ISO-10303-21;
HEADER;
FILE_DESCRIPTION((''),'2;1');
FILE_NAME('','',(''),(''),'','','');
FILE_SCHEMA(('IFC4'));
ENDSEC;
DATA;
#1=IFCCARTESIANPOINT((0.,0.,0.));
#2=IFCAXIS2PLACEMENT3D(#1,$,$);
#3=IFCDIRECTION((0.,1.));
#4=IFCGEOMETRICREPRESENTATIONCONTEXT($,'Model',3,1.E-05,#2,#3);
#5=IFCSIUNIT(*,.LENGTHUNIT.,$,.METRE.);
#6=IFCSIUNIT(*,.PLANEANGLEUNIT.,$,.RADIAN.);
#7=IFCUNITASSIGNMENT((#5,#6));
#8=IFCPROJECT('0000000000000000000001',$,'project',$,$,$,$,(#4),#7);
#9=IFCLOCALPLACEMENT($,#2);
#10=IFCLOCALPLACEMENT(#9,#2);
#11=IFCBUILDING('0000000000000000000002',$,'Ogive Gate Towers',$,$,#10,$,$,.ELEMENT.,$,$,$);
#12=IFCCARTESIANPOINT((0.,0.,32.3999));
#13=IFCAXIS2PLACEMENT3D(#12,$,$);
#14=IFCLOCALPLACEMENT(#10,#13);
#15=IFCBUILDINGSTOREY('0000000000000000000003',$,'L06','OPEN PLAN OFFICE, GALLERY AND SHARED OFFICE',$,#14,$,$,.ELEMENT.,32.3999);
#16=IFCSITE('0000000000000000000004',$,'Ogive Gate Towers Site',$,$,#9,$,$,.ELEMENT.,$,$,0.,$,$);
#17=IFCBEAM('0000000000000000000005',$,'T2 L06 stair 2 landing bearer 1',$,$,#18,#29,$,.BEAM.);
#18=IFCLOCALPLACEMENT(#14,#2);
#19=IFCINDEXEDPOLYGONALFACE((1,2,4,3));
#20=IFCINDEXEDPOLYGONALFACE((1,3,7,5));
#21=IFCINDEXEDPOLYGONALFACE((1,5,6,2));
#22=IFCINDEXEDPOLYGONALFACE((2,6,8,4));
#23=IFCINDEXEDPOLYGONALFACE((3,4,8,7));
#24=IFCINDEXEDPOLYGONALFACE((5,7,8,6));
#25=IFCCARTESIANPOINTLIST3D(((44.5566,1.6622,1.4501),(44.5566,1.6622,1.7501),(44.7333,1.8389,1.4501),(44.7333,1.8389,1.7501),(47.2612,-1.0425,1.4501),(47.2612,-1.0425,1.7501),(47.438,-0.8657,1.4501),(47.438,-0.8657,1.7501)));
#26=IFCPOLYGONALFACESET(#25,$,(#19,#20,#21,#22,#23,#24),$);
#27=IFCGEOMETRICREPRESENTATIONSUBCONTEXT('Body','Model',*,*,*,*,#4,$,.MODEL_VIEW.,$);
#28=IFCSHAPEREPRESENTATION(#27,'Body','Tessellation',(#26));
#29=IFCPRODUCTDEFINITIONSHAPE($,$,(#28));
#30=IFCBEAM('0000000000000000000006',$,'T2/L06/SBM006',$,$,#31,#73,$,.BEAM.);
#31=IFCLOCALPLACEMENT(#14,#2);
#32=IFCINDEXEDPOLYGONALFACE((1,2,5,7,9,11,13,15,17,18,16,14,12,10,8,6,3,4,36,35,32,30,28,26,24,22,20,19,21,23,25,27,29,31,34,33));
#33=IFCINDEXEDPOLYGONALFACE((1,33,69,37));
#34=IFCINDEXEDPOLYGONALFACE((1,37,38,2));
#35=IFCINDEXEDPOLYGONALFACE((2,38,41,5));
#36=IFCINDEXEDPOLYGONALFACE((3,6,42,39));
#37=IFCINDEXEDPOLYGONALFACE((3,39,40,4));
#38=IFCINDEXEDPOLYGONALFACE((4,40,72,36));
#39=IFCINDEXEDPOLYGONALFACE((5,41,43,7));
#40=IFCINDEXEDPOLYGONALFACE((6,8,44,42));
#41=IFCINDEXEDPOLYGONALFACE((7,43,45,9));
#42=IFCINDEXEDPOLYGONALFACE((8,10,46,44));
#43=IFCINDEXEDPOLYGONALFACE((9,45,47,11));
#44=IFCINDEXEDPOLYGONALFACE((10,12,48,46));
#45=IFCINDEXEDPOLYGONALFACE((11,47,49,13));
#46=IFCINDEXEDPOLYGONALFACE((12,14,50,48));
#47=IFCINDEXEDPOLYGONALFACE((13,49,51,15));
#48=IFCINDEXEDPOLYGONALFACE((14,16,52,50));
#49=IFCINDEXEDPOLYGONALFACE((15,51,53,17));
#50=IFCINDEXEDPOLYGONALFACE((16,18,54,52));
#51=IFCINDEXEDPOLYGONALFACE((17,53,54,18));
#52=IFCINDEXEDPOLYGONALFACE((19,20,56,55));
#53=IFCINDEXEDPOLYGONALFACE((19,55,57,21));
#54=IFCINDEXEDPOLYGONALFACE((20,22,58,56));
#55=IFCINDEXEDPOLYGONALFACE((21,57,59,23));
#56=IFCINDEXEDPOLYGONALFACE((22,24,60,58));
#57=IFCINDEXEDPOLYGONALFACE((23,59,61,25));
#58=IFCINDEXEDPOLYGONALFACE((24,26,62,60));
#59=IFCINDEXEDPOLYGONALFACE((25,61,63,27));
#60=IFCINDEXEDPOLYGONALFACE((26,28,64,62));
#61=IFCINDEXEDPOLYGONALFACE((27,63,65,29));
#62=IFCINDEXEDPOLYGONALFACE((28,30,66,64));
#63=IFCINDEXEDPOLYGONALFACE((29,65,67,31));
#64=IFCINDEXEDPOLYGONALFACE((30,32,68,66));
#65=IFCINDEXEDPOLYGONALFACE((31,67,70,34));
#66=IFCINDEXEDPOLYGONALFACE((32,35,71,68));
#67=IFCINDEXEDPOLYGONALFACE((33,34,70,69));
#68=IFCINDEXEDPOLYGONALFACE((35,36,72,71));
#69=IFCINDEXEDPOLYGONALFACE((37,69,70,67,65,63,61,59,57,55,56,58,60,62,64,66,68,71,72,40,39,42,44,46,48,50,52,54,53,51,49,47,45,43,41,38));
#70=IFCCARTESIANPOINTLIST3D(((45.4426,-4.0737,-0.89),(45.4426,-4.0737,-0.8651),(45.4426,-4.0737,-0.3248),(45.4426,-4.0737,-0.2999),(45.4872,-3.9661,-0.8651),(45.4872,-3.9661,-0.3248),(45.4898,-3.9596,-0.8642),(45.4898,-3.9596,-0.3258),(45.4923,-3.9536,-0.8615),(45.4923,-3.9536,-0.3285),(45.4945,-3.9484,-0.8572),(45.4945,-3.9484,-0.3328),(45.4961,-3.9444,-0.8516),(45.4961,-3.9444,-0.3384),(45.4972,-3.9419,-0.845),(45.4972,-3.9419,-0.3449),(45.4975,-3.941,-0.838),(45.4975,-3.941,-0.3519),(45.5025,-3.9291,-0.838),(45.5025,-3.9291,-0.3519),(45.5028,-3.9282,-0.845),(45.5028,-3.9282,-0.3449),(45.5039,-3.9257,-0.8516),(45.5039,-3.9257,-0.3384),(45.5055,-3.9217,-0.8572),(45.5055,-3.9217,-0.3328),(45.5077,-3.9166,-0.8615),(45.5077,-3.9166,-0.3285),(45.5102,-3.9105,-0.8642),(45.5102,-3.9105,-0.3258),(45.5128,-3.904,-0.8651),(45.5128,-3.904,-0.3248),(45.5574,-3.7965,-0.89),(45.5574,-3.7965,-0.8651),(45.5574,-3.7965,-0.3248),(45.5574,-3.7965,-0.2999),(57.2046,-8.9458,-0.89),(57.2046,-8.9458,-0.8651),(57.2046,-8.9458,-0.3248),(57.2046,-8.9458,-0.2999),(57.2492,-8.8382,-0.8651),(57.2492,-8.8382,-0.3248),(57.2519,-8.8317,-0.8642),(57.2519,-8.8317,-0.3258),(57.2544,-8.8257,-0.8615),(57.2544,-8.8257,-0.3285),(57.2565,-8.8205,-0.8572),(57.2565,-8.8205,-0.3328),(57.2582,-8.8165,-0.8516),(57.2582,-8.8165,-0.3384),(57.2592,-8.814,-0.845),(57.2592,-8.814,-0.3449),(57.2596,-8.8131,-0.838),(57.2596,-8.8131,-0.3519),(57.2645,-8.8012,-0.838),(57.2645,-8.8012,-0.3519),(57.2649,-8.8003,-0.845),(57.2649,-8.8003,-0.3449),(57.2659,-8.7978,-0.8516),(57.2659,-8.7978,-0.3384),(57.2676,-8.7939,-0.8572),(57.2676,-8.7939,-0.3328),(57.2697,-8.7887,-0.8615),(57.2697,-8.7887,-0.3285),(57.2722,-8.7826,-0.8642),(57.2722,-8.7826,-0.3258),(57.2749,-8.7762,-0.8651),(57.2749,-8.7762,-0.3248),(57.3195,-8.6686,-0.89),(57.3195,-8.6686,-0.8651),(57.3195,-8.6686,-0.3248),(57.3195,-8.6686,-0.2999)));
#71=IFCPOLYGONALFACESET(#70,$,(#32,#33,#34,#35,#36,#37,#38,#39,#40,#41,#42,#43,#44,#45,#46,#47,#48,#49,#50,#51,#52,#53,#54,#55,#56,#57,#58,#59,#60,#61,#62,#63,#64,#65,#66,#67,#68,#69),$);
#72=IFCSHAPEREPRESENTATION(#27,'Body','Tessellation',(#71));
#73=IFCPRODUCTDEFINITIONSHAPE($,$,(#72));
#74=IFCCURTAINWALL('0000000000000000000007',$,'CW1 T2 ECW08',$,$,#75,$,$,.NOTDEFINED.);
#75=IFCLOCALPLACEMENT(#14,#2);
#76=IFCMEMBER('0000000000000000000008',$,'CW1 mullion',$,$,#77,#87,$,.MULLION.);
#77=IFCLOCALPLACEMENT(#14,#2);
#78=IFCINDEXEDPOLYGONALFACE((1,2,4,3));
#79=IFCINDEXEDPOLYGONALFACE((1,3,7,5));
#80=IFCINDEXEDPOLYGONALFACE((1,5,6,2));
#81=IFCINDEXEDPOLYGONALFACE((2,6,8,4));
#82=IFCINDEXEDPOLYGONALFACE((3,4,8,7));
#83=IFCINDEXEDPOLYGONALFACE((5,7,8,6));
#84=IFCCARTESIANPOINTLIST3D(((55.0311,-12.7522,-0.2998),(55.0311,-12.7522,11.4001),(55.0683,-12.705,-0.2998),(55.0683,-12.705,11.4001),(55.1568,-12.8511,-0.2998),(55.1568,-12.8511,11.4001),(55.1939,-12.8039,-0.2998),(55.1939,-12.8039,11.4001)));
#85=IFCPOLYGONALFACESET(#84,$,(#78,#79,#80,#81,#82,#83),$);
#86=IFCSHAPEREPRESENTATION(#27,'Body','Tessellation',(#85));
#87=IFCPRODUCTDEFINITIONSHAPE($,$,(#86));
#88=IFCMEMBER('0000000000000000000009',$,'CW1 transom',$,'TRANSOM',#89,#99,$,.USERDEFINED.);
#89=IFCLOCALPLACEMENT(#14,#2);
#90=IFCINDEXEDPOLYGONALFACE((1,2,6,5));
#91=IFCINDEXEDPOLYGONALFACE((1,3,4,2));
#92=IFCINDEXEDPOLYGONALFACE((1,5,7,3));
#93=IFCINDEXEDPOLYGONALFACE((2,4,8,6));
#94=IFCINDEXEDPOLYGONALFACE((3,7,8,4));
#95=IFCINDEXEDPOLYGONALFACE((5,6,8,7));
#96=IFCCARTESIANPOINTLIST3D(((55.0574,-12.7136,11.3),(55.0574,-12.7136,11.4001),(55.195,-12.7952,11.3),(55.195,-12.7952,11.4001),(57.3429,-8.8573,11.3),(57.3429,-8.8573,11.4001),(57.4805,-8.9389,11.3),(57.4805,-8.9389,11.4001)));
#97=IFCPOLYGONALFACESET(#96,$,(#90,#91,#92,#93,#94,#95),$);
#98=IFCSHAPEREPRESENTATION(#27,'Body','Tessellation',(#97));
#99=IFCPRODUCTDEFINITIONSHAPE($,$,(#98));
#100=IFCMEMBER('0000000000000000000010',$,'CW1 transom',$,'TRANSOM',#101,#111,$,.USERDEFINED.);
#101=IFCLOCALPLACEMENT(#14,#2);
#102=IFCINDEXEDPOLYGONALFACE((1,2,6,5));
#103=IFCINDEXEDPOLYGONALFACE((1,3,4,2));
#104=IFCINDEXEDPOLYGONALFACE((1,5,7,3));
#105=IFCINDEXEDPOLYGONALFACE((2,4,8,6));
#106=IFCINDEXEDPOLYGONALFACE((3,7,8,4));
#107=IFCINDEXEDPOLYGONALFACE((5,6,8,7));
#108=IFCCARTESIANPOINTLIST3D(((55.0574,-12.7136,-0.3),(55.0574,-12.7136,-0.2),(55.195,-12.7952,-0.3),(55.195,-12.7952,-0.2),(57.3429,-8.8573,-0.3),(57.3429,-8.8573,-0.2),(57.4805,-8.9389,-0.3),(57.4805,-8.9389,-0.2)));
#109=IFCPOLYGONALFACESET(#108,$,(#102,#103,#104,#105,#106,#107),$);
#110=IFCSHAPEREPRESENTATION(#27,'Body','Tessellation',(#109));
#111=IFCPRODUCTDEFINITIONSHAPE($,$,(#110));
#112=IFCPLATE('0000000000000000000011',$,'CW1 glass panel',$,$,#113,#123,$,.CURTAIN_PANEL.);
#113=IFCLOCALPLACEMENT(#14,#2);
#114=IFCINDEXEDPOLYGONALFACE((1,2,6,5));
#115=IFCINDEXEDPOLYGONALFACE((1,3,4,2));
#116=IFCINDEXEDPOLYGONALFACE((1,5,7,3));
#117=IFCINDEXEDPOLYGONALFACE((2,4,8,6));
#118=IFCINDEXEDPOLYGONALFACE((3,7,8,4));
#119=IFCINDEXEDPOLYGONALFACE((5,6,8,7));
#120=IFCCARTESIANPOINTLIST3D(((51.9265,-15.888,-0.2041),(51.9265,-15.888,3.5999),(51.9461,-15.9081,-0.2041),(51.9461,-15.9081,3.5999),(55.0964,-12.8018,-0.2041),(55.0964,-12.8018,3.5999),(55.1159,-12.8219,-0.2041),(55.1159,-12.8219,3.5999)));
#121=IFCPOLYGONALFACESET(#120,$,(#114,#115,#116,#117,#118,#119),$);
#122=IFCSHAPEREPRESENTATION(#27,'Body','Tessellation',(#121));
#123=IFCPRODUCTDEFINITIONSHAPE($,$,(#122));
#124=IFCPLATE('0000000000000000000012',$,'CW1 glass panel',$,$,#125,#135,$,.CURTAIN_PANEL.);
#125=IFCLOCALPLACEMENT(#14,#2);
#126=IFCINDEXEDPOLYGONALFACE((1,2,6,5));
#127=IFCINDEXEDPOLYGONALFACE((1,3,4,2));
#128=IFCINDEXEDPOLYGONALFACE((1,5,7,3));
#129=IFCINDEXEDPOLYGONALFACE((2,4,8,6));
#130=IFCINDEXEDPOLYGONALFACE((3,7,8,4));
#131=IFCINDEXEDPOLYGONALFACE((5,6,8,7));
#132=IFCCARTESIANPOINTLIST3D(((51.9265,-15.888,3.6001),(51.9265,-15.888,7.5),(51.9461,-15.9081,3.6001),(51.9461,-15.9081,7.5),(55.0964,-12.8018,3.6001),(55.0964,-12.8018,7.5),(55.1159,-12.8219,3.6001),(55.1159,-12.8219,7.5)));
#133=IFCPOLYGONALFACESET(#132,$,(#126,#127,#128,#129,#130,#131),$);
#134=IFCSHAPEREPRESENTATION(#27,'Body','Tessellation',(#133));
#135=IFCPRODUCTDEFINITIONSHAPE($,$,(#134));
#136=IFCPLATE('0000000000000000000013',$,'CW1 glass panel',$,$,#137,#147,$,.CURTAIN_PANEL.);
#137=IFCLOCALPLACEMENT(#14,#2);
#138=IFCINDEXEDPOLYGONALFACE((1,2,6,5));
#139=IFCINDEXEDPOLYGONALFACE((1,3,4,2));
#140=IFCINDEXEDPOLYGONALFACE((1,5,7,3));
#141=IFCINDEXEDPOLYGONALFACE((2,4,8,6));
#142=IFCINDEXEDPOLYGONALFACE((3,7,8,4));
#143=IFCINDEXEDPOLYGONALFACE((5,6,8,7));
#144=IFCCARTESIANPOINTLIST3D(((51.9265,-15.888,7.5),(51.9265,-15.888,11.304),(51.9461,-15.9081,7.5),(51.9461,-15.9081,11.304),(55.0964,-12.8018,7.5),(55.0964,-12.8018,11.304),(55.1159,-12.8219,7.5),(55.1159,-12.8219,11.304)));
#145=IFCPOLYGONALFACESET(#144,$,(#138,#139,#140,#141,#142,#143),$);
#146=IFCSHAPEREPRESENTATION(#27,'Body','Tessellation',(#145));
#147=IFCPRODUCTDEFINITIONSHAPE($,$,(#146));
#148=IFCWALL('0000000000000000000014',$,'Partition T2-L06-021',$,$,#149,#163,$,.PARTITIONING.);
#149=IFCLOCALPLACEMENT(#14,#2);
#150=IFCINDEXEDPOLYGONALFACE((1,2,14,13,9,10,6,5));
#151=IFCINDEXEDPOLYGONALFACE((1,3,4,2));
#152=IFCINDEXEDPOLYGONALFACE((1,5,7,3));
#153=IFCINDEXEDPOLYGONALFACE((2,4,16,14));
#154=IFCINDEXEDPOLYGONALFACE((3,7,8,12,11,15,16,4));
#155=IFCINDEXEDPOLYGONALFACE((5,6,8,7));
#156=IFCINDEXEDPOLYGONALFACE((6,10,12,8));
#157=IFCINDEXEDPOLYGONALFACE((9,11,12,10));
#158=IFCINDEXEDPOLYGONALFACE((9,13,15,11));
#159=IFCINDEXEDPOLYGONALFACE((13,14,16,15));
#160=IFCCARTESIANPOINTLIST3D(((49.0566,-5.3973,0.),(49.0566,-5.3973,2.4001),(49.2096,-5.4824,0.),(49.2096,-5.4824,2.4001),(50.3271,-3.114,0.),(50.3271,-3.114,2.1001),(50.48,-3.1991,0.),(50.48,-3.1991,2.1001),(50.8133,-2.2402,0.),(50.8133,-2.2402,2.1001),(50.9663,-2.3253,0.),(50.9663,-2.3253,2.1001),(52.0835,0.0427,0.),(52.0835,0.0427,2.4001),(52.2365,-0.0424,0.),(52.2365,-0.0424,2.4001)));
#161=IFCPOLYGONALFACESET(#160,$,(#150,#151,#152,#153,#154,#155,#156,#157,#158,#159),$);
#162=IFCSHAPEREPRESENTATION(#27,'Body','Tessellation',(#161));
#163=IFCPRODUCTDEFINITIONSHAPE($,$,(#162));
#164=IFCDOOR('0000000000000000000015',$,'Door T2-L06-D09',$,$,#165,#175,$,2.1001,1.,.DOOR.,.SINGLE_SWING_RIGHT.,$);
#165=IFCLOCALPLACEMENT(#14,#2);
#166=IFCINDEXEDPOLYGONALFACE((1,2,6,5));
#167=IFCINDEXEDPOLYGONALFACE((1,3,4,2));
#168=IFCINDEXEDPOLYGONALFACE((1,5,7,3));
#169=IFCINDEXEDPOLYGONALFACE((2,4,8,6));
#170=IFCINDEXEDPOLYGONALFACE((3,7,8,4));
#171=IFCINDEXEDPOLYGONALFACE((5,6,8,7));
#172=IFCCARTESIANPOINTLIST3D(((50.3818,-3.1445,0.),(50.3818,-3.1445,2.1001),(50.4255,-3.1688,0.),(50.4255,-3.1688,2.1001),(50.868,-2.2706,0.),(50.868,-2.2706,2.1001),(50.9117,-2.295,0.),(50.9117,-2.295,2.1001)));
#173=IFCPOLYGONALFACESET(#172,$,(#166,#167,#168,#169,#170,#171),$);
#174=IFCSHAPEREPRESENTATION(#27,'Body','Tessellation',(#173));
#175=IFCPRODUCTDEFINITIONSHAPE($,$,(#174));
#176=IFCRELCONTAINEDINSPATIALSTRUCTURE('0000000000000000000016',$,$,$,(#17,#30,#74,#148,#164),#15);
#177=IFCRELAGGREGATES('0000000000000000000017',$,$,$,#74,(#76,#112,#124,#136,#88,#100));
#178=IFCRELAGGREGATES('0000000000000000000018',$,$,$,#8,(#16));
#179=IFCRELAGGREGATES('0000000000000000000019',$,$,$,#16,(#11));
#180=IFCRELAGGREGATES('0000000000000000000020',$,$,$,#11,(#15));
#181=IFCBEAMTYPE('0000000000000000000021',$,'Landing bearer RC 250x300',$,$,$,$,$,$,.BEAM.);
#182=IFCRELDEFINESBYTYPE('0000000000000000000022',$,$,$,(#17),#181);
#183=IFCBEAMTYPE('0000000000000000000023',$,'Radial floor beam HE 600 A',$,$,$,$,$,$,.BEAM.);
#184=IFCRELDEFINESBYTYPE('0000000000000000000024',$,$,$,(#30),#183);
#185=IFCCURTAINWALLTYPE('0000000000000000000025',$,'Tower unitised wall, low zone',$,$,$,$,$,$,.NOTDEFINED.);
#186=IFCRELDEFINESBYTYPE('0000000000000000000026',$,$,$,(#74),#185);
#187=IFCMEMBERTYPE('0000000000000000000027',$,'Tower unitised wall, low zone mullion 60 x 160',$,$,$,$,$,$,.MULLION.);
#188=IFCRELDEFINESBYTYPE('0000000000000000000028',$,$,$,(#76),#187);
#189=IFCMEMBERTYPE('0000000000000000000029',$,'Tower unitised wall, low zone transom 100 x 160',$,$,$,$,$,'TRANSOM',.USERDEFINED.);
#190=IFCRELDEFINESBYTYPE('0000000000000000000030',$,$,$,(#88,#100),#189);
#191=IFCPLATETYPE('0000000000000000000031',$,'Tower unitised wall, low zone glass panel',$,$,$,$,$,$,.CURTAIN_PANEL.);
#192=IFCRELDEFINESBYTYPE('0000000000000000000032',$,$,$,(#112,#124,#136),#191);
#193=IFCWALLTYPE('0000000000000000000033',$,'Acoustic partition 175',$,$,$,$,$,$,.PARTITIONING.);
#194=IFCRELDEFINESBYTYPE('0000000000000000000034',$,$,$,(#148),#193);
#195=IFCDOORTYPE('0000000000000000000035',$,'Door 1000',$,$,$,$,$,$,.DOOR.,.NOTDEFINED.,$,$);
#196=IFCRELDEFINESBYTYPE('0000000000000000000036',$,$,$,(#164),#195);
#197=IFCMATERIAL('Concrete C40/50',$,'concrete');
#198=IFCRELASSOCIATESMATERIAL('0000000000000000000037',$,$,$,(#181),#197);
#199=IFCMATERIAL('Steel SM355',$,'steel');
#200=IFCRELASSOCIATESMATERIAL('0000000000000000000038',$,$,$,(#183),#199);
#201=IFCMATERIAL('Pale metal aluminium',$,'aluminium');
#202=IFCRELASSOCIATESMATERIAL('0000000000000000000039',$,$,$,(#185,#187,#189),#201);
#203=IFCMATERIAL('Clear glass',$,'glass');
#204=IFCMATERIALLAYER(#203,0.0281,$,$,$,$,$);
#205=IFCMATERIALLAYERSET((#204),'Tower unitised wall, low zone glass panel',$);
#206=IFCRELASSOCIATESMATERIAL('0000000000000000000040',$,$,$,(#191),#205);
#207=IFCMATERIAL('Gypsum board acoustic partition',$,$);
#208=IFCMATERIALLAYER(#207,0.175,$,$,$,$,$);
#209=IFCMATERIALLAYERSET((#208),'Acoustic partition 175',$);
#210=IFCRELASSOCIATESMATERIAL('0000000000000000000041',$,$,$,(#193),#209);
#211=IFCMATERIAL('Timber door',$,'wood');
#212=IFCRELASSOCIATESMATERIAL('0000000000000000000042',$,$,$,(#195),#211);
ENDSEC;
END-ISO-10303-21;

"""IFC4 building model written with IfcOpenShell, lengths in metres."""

from ifc_helpers import new_model, si_unit, direction, frame, frame_2d, origin, origin_2d, place, context, subcontext, project, spatial, rectangle, i_section, extrude, material, layer, layer_set, material_profile, profile_set, type_object, element, fill, aggregate, save


model = new_model("IFC4")

# Units and contexts
model_context = context("Model", 3, precision=1e-05, world=origin(), true_north=direction((0.0, 1.0)))
body_context = subcontext(model_context, "Body", "Model", "MODEL_VIEW")
ifc_project = project(units=[si_unit("LENGTHUNIT", "METRE"), si_unit("PLANEANGLEUNIT", "RADIAN")], contexts=[model_context])

# Site, building, storey
site_placement = place(None, origin())
site = spatial("IfcSite", under=ifc_project, at=site_placement, Name="Ogive Gate Towers Site", CompositionType="ELEMENT", RefElevation=0.0)
building_placement = place(site_placement, origin())
building = spatial("IfcBuilding", under=site, at=building_placement, Name="Ogive Gate Towers", CompositionType="ELEMENT")
storey_placement = place(building_placement, frame((0.0, 0.0, 32.3999)))
storey = spatial("IfcBuildingStorey", under=building, at=storey_placement, Name="L06", Description="OPEN PLAN OFFICE, GALLERY AND SHARED OFFICE", CompositionType="ELEMENT", Elevation=32.3999)

# Beams
ifc_material_1 = material(Name="Concrete C40/50", Category="concrete")
ifc_material_profile_1 = material_profile(ifc_material_1, rectangle(XDim=0.25, YDim=0.3, at=origin_2d()), Name="RC 250x300")
ifc_profile_set_1 = profile_set([ifc_material_profile_1], Name="Concrete C40/50")
beam_type_1 = type_object("IfcBeamType", Name="Landing bearer RC 250x300", PredefinedType="BEAM", material=ifc_profile_set_1)
beam_1_placement = place(storey_placement, frame((47.3496, -0.9541, 1.6001), z_axis=(-0.707107, 0.707107, 0.0), x_axis=(-0.707107, -0.707107, 0.0)))
element("IfcBeam", 1, at=beam_1_placement, inside=storey, type_object=beam_type_1, Name="T2 L06 stair 2 landing bearer 1", PredefinedType="BEAM", context=body_context, shape_type="SweptSolid", body=[
    extrude(rectangle(XDim=0.25, YDim=0.3, at=origin_2d()), origin(), (0.0, 0.0, 1.0), 3.825),
])
ifc_material_2 = material(Name="Steel SM355", Category="steel")
ifc_material_profile_2 = material_profile(ifc_material_2, i_section(OverallWidth=0.3, OverallDepth=0.5901, WebThickness=0.0129, FlangeThickness=0.0249, FilletRadius=0.0271, at=origin_2d()), Name="HE 600 A")
ifc_profile_set_2 = profile_set([ifc_material_profile_2], Name="Steel SM355")
beam_type_2 = type_object("IfcBeamType", Name="Radial floor beam HE 600 A", PredefinedType="BEAM", material=ifc_profile_set_2)
beam_2_placement = place(storey_placement, frame((45.5, -3.9351, -0.595), z_axis=(0.923877, -0.382691, 0.0), x_axis=(0.382691, 0.923877, 0.0)))
element("IfcBeam", 2, at=beam_2_placement, inside=storey, type_object=beam_type_2, Name="T2/L06/SBM006", PredefinedType="BEAM", context=body_context, shape_type="SweptSolid", body=[
    extrude(i_section(OverallWidth=0.3, OverallDepth=0.5901, WebThickness=0.0129, FlangeThickness=0.0249, FilletRadius=0.0271, at=origin_2d()), origin(), (0.0, 0.0, 1.0), 12.7312),
])

# Curtain wall, members, plates
ifc_material_3 = material(Name="Pale metal aluminium", Category="aluminium")
curtain_wall_type = type_object("IfcCurtainWallType", Name="Tower unitised wall, low zone", PredefinedType="NOTDEFINED", material=ifc_material_3)
curtain_wall_placement = place(storey_placement, origin())
curtain_wall = element("IfcCurtainWall", 3, at=curtain_wall_placement, inside=storey, type_object=curtain_wall_type, Name="CW1 T2 ECW08", PredefinedType="NOTDEFINED")
ifc_material_profile_3 = material_profile(ifc_material_3, rectangle(XDim=0.1599, YDim=0.0601, at=origin_2d()), Name="60 x 160 aluminium box")
ifc_profile_set_3 = profile_set([ifc_material_profile_3], Name="Pale metal aluminium")
member_type_1 = type_object("IfcMemberType", Name="Tower unitised wall, low zone mullion 60 x 160", PredefinedType="MULLION", material=ifc_profile_set_3)
member_1_placement = place(storey_placement, frame((55.1125, -12.7781, -0.2998), z_axis=(0.0, 0.0, 1.0), x_axis=(0.78576, -0.618532, 0.0)))
member_1 = element("IfcMember", 4, at=member_1_placement, type_object=member_type_1, Name="CW1 mullion", PredefinedType="MULLION", context=body_context, shape_type="SweptSolid", body=[
    extrude(rectangle(XDim=0.1599, YDim=0.0601, at=origin_2d()), origin(), (0.0, 0.0, 1.0), 11.7),
])
ifc_material_profile_4 = material_profile(ifc_material_3, rectangle(XDim=0.1599, YDim=0.1001, at=origin_2d()), Name="100 x 160 aluminium box")
ifc_profile_set_4 = profile_set([ifc_material_profile_4], Name="Pale metal aluminium")
member_type_2 = type_object("IfcMemberType", Name="Tower unitised wall, low zone transom 100 x 160", ElementType="TRANSOM", PredefinedType="USERDEFINED", material=ifc_profile_set_4)
member_2_placement = place(storey_placement, frame((55.1262, -12.7544, 11.3501), z_axis=(0.509843, 0.860268, 0.0), x_axis=(-0.860268, 0.509843, 0.0)))
member_2 = element("IfcMember", 5, at=member_2_placement, type_object=member_type_2, Name="CW1 transom", ObjectType="TRANSOM", PredefinedType="USERDEFINED", context=body_context, shape_type="SweptSolid", body=[
    extrude(rectangle(XDim=0.1599, YDim=0.1001, at=origin_2d()), origin(), (0.0, 0.0, 1.0), 4.4827),
])
member_3_placement = place(storey_placement, frame((55.1262, -12.7544, -0.25), z_axis=(0.509843, 0.860268, 0.0), x_axis=(-0.860268, 0.509843, 0.0)))
member_3 = element("IfcMember", 6, at=member_3_placement, type_object=member_type_2, Name="CW1 transom", ObjectType="TRANSOM", PredefinedType="USERDEFINED", context=body_context, shape_type="SweptSolid", body=[
    extrude(rectangle(XDim=0.1599, YDim=0.1001, at=origin_2d()), origin(), (0.0, 0.0, 1.0), 4.4827),
])
ifc_material_4 = material(Name="Clear glass", Category="glass")
ifc_layer_1 = layer(ifc_material_4, 0.0281)
ifc_layer_set_1 = layer_set([ifc_layer_1], Name="Tower unitised wall, low zone glass panel")
plate_type = type_object("IfcPlateType", Name="Tower unitised wall, low zone glass panel", PredefinedType="CURTAIN_PANEL", material=ifc_layer_set_1)
plate_1_placement = place(storey_placement, frame((53.5212, -14.355, -0.2041), z_axis=(0.0, 0.0, 1.0), x_axis=(0.716497, 0.69759, 0.0)))
plate_1 = element("IfcPlate", 7, at=plate_1_placement, type_object=plate_type, Name="CW1 glass panel", PredefinedType="CURTAIN_PANEL", context=body_context, shape_type="SweptSolid", body=[
    extrude(rectangle(XDim=4.4241, YDim=0.0281, at=origin_2d()), origin(), (0.0, 0.0, 1.0), 3.804),
])
plate_2_placement = place(storey_placement, frame((53.5212, -14.355, 3.6001), z_axis=(0.0, 0.0, 1.0), x_axis=(0.716497, 0.69759, 0.0)))
plate_2 = element("IfcPlate", 8, at=plate_2_placement, type_object=plate_type, Name="CW1 glass panel", PredefinedType="CURTAIN_PANEL", context=body_context, shape_type="SweptSolid", body=[
    extrude(rectangle(XDim=4.4241, YDim=0.0281, at=origin_2d()), origin(), (0.0, 0.0, 1.0), 3.8999),
])
plate_3_placement = place(storey_placement, frame((53.5212, -14.355, 7.5), z_axis=(0.0, 0.0, 1.0), x_axis=(0.716497, 0.69759, 0.0)))
plate_3 = element("IfcPlate", 9, at=plate_3_placement, type_object=plate_type, Name="CW1 glass panel", PredefinedType="CURTAIN_PANEL", context=body_context, shape_type="SweptSolid", body=[
    extrude(rectangle(XDim=4.4241, YDim=0.0281, at=origin_2d()), origin(), (0.0, 0.0, 1.0), 3.804),
])
aggregate(curtain_wall, [member_1, plate_1, plate_2, plate_3, member_2, member_3])

# Wall, opening, door
ifc_material_5 = material(Name="Gypsum board acoustic partition")
ifc_layer_2 = layer(ifc_material_5, 0.175)
ifc_layer_set_2 = layer_set([ifc_layer_2], Name="Acoustic partition 175")
wall_type_1 = type_object("IfcWallType", Name="Acoustic partition 175", PredefinedType="PARTITIONING", material=ifc_layer_set_2)
wall_1_placement = place(storey_placement, frame((49.1331, -5.4399, 0.0), z_axis=(0.0, 0.0, 1.0), x_axis=(0.486216, 0.873839, 0.0)))
wall_1 = element("IfcWall", 10, at=wall_1_placement, inside=storey, type_object=wall_type_1, Name="Partition T2-L06-021", PredefinedType="PARTITIONING", context=body_context, shape_type="SweptSolid", body=[
    extrude(rectangle(XDim=6.2253, YDim=0.175, at=frame_2d((3.1128, 0.0))), origin(), (0.0, 0.0, 1.0), 2.4001),
])
opening_1_placement = place(wall_1_placement, frame((2.613, 0.0, 0.0)))
opening_1 = element("IfcOpeningElement", 11, at=opening_1_placement, cuts=wall_1, PredefinedType="OPENING", context=body_context, shape_type="SweptSolid", body=[
    extrude(rectangle(XDim=1.0, YDim=2.1001, at=frame_2d((0.5, 1.05))), frame((0.0, 0.0977, 0.0), z_axis=(0.0, -1.0, 0.0), x_axis=(1.0, 0.0, 0.0)), (0.0, 0.0, 1.0), 0.1951),
])
ifc_material_6 = material(Name="Timber door", Category="wood")
door_type_1 = type_object("IfcDoorType", Name="Door 1000", OperationType="NOTDEFINED", PredefinedType="DOOR", material=ifc_material_6)
door_1_placement = place(opening_1_placement, origin())
door_1 = element("IfcDoor", 12, at=door_1_placement, inside=storey, type_object=door_type_1, Name="Door T2-L06-D09", OperationType="SINGLE_SWING_RIGHT", OverallHeight=2.1001, OverallWidth=1.0, PredefinedType="DOOR", context=body_context, shape_type="SweptSolid", body=[
    extrude(rectangle(XDim=1.0, YDim=2.1001, at=frame_2d((0.5, 1.05))), frame((0.0, 0.0249, 0.0), z_axis=(0.0, -1.0, 0.0), x_axis=(1.0, 0.0, 0.0)), (0.0, 0.0, 1.0), 0.05),
])
fill(opening_1, door_1)

save(model, "model.ifc")
